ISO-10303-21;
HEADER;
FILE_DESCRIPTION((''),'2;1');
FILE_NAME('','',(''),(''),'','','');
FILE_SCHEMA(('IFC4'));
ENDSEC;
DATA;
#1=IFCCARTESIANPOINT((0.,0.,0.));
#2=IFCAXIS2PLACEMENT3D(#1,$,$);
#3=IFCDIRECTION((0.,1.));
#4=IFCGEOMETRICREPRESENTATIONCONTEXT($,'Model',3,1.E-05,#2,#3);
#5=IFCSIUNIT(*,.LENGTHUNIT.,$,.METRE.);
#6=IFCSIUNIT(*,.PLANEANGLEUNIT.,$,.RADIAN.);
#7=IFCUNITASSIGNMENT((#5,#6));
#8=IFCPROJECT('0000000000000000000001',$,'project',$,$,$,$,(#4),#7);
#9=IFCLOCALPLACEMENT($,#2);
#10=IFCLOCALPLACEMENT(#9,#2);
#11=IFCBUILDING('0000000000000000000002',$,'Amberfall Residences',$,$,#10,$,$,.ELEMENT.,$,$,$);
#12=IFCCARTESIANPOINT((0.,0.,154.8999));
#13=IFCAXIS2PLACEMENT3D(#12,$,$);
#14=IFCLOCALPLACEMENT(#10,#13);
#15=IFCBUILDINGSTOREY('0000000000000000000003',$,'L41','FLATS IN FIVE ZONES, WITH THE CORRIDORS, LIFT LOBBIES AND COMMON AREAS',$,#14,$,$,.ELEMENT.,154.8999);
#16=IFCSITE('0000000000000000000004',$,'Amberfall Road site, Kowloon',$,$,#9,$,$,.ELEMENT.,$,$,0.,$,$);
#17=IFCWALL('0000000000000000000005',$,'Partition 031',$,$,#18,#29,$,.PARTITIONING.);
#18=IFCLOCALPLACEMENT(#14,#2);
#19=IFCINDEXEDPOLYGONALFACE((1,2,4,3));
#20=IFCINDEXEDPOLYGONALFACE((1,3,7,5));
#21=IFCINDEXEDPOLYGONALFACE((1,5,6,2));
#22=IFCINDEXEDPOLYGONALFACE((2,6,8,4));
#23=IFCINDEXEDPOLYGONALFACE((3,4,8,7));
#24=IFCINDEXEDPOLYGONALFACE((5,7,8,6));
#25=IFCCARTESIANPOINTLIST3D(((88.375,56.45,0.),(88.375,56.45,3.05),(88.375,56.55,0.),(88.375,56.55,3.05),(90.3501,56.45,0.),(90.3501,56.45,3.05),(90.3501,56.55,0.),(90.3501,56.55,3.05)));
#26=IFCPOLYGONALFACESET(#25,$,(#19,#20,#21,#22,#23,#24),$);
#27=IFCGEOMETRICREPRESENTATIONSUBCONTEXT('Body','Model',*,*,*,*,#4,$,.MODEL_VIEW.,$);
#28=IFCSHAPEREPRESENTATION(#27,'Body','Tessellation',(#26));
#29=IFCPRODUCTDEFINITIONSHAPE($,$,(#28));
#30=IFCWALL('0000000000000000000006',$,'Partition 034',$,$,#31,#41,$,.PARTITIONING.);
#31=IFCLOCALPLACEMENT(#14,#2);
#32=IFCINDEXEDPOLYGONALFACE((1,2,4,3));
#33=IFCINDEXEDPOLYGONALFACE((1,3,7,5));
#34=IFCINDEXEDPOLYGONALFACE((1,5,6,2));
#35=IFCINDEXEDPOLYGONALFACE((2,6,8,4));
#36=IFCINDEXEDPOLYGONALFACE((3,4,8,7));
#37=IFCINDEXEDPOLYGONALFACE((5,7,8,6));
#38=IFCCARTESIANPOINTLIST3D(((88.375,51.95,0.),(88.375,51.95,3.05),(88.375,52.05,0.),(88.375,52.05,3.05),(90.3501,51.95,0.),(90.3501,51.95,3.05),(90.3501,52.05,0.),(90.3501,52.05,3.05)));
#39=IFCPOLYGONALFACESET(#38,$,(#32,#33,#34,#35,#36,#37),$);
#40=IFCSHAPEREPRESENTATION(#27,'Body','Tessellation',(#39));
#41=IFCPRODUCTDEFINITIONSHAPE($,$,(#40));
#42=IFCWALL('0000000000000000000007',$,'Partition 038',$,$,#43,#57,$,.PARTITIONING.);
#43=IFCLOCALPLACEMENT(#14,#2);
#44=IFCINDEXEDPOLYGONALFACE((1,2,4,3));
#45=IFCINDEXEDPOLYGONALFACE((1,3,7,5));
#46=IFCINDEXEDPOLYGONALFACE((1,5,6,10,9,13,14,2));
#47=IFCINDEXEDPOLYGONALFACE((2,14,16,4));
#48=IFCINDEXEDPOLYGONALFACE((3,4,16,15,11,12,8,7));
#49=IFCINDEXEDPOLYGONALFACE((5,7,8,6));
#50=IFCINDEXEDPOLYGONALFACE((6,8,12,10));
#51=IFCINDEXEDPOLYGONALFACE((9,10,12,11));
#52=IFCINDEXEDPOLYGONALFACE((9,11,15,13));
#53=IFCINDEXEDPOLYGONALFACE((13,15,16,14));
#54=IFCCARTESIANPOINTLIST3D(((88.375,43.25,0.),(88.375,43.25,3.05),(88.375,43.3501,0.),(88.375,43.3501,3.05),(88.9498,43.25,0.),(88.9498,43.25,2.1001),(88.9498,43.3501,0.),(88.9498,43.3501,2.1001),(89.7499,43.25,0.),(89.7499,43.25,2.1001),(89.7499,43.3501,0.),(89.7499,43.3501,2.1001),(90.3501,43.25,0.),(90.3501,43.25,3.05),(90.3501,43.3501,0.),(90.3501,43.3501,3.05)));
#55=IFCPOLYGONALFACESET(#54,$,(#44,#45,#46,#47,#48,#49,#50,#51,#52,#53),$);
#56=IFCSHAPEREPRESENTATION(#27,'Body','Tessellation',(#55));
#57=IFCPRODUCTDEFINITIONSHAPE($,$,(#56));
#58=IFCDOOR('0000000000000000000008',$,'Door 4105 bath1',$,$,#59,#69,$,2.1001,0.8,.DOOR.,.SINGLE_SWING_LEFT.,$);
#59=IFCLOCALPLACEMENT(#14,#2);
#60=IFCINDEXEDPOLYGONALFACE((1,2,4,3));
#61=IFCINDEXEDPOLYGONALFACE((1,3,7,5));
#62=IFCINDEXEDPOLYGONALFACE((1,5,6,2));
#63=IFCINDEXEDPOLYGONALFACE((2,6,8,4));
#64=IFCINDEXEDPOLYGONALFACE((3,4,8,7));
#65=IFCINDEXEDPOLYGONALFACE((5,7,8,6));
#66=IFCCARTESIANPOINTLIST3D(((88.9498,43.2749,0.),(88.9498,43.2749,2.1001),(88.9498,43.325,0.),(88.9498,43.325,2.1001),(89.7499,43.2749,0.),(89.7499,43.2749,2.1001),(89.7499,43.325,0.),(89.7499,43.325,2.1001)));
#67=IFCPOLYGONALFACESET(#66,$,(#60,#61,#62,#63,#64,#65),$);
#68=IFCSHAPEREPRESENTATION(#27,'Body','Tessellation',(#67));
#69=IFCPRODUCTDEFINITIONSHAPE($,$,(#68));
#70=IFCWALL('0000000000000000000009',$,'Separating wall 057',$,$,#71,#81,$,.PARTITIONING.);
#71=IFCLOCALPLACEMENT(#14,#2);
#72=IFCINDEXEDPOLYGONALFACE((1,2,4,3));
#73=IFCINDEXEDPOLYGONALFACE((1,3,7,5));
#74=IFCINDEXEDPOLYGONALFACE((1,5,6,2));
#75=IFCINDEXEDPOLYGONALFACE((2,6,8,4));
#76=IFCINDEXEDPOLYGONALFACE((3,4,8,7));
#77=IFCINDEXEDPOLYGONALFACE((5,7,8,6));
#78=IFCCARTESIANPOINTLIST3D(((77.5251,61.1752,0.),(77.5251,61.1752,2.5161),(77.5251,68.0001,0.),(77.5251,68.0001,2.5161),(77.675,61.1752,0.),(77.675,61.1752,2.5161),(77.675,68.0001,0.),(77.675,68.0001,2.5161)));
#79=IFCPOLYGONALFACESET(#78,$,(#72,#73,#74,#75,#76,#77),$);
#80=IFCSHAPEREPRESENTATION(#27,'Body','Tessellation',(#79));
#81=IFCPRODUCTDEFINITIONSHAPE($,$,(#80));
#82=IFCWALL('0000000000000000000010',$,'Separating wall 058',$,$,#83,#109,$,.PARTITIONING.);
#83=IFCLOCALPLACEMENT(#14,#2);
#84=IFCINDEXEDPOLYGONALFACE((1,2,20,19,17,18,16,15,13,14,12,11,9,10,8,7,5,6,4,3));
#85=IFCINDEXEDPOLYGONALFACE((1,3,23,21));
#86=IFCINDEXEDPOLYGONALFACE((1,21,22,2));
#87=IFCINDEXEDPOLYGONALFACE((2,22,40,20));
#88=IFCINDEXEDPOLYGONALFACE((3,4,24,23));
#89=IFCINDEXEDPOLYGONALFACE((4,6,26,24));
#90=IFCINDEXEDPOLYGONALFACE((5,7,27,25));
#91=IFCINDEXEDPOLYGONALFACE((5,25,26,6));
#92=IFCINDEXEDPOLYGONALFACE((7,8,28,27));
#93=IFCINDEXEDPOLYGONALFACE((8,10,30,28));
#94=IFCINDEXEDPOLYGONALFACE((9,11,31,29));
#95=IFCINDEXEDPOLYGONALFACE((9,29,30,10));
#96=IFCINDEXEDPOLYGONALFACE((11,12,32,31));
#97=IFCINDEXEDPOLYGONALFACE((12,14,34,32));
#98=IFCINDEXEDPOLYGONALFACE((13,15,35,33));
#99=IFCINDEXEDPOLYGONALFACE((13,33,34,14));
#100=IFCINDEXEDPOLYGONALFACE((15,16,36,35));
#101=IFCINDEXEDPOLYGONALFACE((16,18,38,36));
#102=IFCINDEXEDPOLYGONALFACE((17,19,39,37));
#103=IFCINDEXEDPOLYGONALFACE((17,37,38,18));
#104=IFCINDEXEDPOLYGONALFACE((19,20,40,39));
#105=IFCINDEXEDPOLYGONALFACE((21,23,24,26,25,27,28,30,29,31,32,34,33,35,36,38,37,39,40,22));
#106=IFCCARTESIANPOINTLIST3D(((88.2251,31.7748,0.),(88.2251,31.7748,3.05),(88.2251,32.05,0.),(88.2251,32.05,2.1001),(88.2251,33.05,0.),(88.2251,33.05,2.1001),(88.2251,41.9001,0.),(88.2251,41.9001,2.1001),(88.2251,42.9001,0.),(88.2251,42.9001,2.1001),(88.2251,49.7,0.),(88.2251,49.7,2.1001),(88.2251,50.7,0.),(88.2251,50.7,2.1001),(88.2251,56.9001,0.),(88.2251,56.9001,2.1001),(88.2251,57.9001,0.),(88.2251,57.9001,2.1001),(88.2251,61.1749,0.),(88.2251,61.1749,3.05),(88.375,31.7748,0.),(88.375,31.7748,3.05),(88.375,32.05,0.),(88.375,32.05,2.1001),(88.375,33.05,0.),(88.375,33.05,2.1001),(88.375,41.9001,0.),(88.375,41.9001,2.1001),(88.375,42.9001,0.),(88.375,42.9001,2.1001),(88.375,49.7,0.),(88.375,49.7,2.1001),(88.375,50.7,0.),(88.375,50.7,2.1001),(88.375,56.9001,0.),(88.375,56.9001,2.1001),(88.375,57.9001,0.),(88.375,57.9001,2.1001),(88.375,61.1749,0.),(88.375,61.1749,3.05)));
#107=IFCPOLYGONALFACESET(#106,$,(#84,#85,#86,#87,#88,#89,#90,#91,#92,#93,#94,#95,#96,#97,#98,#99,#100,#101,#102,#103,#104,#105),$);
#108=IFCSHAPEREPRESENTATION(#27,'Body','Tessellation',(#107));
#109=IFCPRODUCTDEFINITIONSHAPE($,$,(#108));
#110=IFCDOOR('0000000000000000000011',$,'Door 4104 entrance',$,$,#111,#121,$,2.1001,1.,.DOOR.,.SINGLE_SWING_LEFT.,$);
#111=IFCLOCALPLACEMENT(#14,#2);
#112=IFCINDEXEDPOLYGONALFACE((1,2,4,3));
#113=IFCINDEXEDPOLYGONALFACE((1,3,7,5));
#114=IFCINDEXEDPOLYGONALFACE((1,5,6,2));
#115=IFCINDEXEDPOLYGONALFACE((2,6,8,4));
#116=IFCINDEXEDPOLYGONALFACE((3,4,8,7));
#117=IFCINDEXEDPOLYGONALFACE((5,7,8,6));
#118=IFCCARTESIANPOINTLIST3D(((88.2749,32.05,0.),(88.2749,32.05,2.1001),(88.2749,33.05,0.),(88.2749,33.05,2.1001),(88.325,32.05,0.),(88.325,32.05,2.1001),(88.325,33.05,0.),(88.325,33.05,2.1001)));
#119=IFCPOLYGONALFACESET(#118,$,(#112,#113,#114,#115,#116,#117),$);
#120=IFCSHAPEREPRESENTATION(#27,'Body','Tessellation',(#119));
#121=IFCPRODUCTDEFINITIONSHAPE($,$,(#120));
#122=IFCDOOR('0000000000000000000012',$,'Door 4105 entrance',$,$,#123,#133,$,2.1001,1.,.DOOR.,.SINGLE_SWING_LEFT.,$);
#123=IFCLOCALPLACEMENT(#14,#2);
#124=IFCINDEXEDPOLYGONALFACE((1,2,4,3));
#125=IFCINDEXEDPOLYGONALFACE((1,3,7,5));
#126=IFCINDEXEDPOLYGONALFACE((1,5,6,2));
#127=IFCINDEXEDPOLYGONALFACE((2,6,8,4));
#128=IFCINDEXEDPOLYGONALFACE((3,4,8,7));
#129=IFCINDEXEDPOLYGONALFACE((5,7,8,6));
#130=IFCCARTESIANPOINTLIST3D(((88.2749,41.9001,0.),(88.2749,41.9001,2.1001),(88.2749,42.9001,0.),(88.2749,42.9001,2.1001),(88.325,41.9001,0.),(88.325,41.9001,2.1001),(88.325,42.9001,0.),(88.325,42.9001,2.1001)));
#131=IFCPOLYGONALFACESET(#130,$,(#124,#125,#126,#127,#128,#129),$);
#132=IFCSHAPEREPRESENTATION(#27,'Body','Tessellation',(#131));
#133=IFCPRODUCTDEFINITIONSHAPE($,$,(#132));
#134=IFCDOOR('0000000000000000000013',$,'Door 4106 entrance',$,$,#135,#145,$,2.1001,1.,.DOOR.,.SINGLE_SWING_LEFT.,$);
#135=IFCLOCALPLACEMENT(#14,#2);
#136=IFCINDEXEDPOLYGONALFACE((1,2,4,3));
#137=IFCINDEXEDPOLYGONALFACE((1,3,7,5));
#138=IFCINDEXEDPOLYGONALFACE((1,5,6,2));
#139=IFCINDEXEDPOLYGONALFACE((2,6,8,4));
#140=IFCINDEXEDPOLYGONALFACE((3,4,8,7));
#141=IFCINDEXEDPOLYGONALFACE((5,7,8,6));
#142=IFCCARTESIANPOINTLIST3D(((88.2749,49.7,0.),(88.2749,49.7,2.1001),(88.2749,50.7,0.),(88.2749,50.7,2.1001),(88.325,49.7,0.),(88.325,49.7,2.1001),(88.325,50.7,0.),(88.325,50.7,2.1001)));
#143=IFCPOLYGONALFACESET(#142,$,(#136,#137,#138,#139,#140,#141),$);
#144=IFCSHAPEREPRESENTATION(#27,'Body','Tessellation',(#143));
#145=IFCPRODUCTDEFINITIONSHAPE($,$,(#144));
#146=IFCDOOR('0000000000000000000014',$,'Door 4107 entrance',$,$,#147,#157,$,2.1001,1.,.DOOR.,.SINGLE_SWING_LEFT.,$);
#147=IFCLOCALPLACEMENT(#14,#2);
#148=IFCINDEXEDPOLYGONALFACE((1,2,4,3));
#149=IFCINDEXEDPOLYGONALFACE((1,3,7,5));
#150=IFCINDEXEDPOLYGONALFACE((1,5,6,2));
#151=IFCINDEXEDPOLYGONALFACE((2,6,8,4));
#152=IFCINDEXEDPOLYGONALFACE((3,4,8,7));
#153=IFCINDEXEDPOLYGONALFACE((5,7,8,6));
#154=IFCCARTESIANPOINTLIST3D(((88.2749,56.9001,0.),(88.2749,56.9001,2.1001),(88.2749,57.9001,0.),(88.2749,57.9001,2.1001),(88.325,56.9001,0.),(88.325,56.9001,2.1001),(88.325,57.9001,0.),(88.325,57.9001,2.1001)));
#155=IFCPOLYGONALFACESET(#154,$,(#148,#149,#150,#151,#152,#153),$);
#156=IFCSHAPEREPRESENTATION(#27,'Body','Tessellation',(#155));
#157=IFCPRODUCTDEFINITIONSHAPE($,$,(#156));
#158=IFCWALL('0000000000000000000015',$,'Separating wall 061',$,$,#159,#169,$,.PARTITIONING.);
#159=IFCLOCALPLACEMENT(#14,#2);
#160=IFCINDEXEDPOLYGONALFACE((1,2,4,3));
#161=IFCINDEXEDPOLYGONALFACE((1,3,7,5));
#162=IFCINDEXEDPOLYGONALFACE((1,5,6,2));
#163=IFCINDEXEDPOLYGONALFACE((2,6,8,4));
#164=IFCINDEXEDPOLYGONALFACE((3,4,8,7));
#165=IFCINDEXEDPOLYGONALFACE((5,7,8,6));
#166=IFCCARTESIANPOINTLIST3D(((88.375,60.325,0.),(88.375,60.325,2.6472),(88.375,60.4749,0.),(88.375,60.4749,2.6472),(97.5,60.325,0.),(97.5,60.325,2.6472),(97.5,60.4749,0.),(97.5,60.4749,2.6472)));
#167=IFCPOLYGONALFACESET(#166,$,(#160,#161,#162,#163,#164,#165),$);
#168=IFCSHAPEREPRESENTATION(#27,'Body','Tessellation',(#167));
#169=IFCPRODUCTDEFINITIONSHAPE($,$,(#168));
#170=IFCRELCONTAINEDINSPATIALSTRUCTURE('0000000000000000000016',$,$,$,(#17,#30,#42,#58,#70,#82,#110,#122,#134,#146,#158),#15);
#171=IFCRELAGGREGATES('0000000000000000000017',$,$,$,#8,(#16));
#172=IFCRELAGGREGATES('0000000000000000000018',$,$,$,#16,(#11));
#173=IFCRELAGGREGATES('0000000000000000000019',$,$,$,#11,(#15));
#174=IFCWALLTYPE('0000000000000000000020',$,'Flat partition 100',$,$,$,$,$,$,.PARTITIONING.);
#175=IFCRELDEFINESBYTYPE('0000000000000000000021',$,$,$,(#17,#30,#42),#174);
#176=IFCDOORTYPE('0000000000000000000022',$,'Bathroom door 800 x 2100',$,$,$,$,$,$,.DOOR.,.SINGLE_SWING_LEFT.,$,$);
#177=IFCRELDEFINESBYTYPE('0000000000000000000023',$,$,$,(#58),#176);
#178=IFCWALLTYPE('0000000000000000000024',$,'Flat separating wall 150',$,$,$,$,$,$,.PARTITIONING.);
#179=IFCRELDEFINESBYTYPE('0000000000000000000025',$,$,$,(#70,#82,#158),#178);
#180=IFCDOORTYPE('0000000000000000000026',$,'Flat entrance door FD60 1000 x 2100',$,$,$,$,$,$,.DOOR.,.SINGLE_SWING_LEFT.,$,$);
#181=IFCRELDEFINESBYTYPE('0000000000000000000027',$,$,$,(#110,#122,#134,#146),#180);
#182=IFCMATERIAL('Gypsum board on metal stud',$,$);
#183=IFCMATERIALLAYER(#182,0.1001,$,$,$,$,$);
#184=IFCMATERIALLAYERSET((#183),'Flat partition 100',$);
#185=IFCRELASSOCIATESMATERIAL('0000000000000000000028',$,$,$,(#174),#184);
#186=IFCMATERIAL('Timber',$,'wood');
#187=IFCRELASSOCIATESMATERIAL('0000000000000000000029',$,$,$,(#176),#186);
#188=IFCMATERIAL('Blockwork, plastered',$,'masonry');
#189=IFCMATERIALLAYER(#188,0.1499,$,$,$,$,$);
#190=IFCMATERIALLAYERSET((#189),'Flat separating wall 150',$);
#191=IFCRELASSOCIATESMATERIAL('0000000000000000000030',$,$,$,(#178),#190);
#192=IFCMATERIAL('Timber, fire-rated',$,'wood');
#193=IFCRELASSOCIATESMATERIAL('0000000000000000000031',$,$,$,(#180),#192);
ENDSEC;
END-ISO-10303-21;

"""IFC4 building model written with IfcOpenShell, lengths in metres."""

from ifc_helpers import new_model, si_unit, direction, frame, frame_2d, origin, place, context, subcontext, project, spatial, rectangle, extrude, material, layer, layer_set, type_object, element, fill, save


model = new_model("IFC4")

# Units and contexts
model_context = context("Model", 3, precision=1e-05, world=origin(), true_north=direction((0.0, 1.0)))
body_context = subcontext(model_context, "Body", "Model", "MODEL_VIEW")
ifc_project = project(units=[si_unit("LENGTHUNIT", "METRE"), si_unit("PLANEANGLEUNIT", "RADIAN")], contexts=[model_context])

# Site, building, storey
site_placement = place(None, origin())
site = spatial("IfcSite", under=ifc_project, at=site_placement, Name="Amberfall Road site, Kowloon", CompositionType="ELEMENT", RefElevation=0.0)
building_placement = place(site_placement, origin())
building = spatial("IfcBuilding", under=site, at=building_placement, Name="Amberfall Residences", CompositionType="ELEMENT")
storey_placement = place(building_placement, frame((0.0, 0.0, 154.8999)))
storey = spatial("IfcBuildingStorey", under=building, at=storey_placement, Name="L41", Description="FLATS IN FIVE ZONES, WITH THE CORRIDORS, LIFT LOBBIES AND COMMON AREAS", CompositionType="ELEMENT", Elevation=154.8999)

# Shared definitions
ifc_material_1 = material(Name="Gypsum board on metal stud")
ifc_layer_1 = layer(ifc_material_1, 0.1001)
ifc_layer_set_1 = layer_set([ifc_layer_1], Name="Flat partition 100")
wall_type_1 = type_object("IfcWallType", Name="Flat partition 100", PredefinedType="PARTITIONING", material=ifc_layer_set_1)
ifc_material_2 = material(Name="Timber", Category="wood")

# Shared definitions
door_type_1 = type_object("IfcDoorType", Name="Bathroom door 800 x 2100", OperationType="SINGLE_SWING_LEFT", PredefinedType="DOOR", material=ifc_material_2)

# Walls
for number, where, z_axis, x_axis, name in (
    (1, (88.375, 56.5, 0.0), (0.0, 0.0, 1.0), (1.0, 0.0, 0.0), "Partition 031"),
    (2, (88.375, 52.0, 0.0), (0.0, 0.0, 1.0), (1.0, 0.0, 0.0), "Partition 034"),
):
    element("IfcWall", number, at=place(storey_placement, frame(where, z_axis=z_axis, x_axis=x_axis)), inside=storey, type_object=wall_type_1, Name=name, PredefinedType="PARTITIONING", context=body_context, shape_type="SweptSolid", body=[
        extrude(rectangle(XDim=1.9751, YDim=0.1001, at=frame_2d((0.9875, 0.0))), origin(), (0.0, 0.0, 1.0), 3.05),
    ])

# Wall, opening, door
wall_1_placement = place(storey_placement, frame((88.375, 43.3, 0.0), z_axis=(0.0, 0.0, 1.0), x_axis=(1.0, 0.0, 0.0)))
wall_1 = element("IfcWall", 3, at=wall_1_placement, inside=storey, type_object=wall_type_1, Name="Partition 038", PredefinedType="PARTITIONING", context=body_context, shape_type="SweptSolid", body=[
    extrude(rectangle(XDim=1.9751, YDim=0.1001, at=frame_2d((0.9875, 0.0))), origin(), (0.0, 0.0, 1.0), 3.05),
])
opening_1_placement = place(wall_1_placement, frame((0.575, 0.0, 0.0)))
opening_1 = element("IfcOpeningElement", 4, at=opening_1_placement, cuts=wall_1, PredefinedType="OPENING", context=body_context, shape_type="SweptSolid", body=[
    extrude(rectangle(XDim=0.8, YDim=2.1001, at=frame_2d((0.3999, 1.05))), frame((0.0, 0.0601, 0.0), z_axis=(0.0, -1.0, 0.0), x_axis=(1.0, 0.0, 0.0)), (0.0, 0.0, 1.0), 0.1201),
])
door_1_placement = place(opening_1_placement, origin())
door_1 = element("IfcDoor", 5, at=door_1_placement, inside=storey, type_object=door_type_1, Name="Door 4105 bath1", OperationType="SINGLE_SWING_LEFT", OverallHeight=2.1001, OverallWidth=0.8, PredefinedType="DOOR", context=body_context, shape_type="SweptSolid", body=[
    extrude(rectangle(XDim=0.8, YDim=2.1001, at=frame_2d((0.3999, 1.05))), frame((0.0, 0.0249, 0.0), z_axis=(0.0, -1.0, 0.0), x_axis=(1.0, 0.0, 0.0)), (0.0, 0.0, 1.0), 0.05),
])
fill(opening_1, door_1)

# Wall
ifc_material_3 = material(Name="Blockwork, plastered", Category="masonry")
ifc_layer_2 = layer(ifc_material_3, 0.1499)
ifc_layer_set_2 = layer_set([ifc_layer_2], Name="Flat separating wall 150")
wall_type_2 = type_object("IfcWallType", Name="Flat separating wall 150", PredefinedType="PARTITIONING", material=ifc_layer_set_2)
wall_2_placement = place(storey_placement, frame((77.6001, 61.175, 0.0), z_axis=(0.0, 0.0, 1.0), x_axis=(0.0, 1.0, 0.0)))
element("IfcWall", 6, at=wall_2_placement, inside=storey, type_object=wall_type_2, Name="Separating wall 057", PredefinedType="PARTITIONING", context=body_context, shape_type="SweptSolid", body=[
    extrude(rectangle(XDim=6.825, YDim=0.1499, at=frame_2d((3.4126, 0.0))), origin(), (0.0, 0.0, 1.0), 2.5161),
])

# Wall, openings, doors
wall_3_placement = place(storey_placement, frame((88.3, 61.175, 0.0), z_axis=(0.0, 0.0, 1.0), x_axis=(0.0, -1.0, 0.0)))
wall_3 = element("IfcWall", 7, at=wall_3_placement, inside=storey, type_object=wall_type_2, Name="Separating wall 058", PredefinedType="PARTITIONING", context=body_context, shape_type="SweptSolid", body=[
    extrude(rectangle(XDim=29.4001, YDim=0.1499, at=frame_2d((14.7002, 0.0))), origin(), (0.0, 0.0, 1.0), 3.05),
])
opening_2_placement = place(wall_3_placement, frame((28.125, 0.0, 0.0)))
opening_2 = element("IfcOpeningElement", 8, at=opening_2_placement, cuts=wall_3, PredefinedType="OPENING", context=body_context, shape_type="SweptSolid", body=[
    extrude(rectangle(XDim=1.0, YDim=2.1001, at=frame_2d((0.5, 1.05))), frame((0.0, 0.085, 0.0), z_axis=(0.0, -1.0, 0.0), x_axis=(1.0, 0.0, 0.0)), (0.0, 0.0, 1.0), 0.1699),
])
opening_3_placement = place(wall_3_placement, frame((18.2749, 0.0, 0.0)))
opening_3 = element("IfcOpeningElement", 9, at=opening_3_placement, cuts=wall_3, PredefinedType="OPENING", context=body_context, shape_type="SweptSolid", body=[
    extrude(rectangle(XDim=1.0, YDim=2.1001, at=frame_2d((0.5, 1.05))), frame((0.0, 0.085, 0.0), z_axis=(0.0, -1.0, 0.0), x_axis=(1.0, 0.0, 0.0)), (0.0, 0.0, 1.0), 0.1699),
])
opening_4_placement = place(wall_3_placement, frame((10.4751, 0.0, 0.0)))
opening_4 = element("IfcOpeningElement", 10, at=opening_4_placement, cuts=wall_3, PredefinedType="OPENING", context=body_context, shape_type="SweptSolid", body=[
    extrude(rectangle(XDim=1.0, YDim=2.1001, at=frame_2d((0.5, 1.05))), frame((0.0, 0.085, 0.0), z_axis=(0.0, -1.0, 0.0), x_axis=(1.0, 0.0, 0.0)), (0.0, 0.0, 1.0), 0.1699),
])
opening_5_placement = place(wall_3_placement, frame((3.2749, 0.0, 0.0)))
opening_5 = element("IfcOpeningElement", 11, at=opening_5_placement, cuts=wall_3, PredefinedType="OPENING", context=body_context, shape_type="SweptSolid", body=[
    extrude(rectangle(XDim=1.0, YDim=2.1001, at=frame_2d((0.5, 1.05))), frame((0.0, 0.085, 0.0), z_axis=(0.0, -1.0, 0.0), x_axis=(1.0, 0.0, 0.0)), (0.0, 0.0, 1.0), 0.1699),
])
ifc_material_4 = material(Name="Timber, fire-rated", Category="wood")
door_type_2 = type_object("IfcDoorType", Name="Flat entrance door FD60 1000 x 2100", OperationType="SINGLE_SWING_LEFT", PredefinedType="DOOR", material=ifc_material_4)
door_2_placement = place(opening_2_placement, origin())
door_2 = element("IfcDoor", 12, at=door_2_placement, inside=storey, type_object=door_type_2, Name="Door 4104 entrance", OperationType="SINGLE_SWING_LEFT", OverallHeight=2.1001, OverallWidth=1.0, PredefinedType="DOOR", context=body_context, shape_type="SweptSolid", body=[
    extrude(rectangle(XDim=1.0, YDim=2.1001, at=frame_2d((0.5, 1.05))), frame((0.0, 0.0249, 0.0), z_axis=(0.0, -1.0, 0.0), x_axis=(1.0, 0.0, 0.0)), (0.0, 0.0, 1.0), 0.05),
])
fill(opening_2, door_2)
door_3_placement = place(opening_3_placement, origin())
door_3 = element("IfcDoor", 13, at=door_3_placement, inside=storey, type_object=door_type_2, Name="Door 4105 entrance", OperationType="SINGLE_SWING_LEFT", OverallHeight=2.1001, OverallWidth=1.0, PredefinedType="DOOR", context=body_context, shape_type="SweptSolid", body=[
    extrude(rectangle(XDim=1.0, YDim=2.1001, at=frame_2d((0.5, 1.05))), frame((0.0, 0.0249, 0.0), z_axis=(0.0, -1.0, 0.0), x_axis=(1.0, 0.0, 0.0)), (0.0, 0.0, 1.0), 0.05),
])
fill(opening_3, door_3)
door_4_placement = place(opening_4_placement, origin())
door_4 = element("IfcDoor", 14, at=door_4_placement, inside=storey, type_object=door_type_2, Name="Door 4106 entrance", OperationType="SINGLE_SWING_LEFT", OverallHeight=2.1001, OverallWidth=1.0, PredefinedType="DOOR", context=body_context, shape_type="SweptSolid", body=[
    extrude(rectangle(XDim=1.0, YDim=2.1001, at=frame_2d((0.5, 1.05))), frame((0.0, 0.0249, 0.0), z_axis=(0.0, -1.0, 0.0), x_axis=(1.0, 0.0, 0.0)), (0.0, 0.0, 1.0), 0.05),
])
fill(opening_4, door_4)
door_5_placement = place(opening_5_placement, origin())
door_5 = element("IfcDoor", 15, at=door_5_placement, inside=storey, type_object=door_type_2, Name="Door 4107 entrance", OperationType="SINGLE_SWING_LEFT", OverallHeight=2.1001, OverallWidth=1.0, PredefinedType="DOOR", context=body_context, shape_type="SweptSolid", body=[
    extrude(rectangle(XDim=1.0, YDim=2.1001, at=frame_2d((0.5, 1.05))), frame((0.0, 0.0249, 0.0), z_axis=(0.0, -1.0, 0.0), x_axis=(1.0, 0.0, 0.0)), (0.0, 0.0, 1.0), 0.05),
])
fill(opening_5, door_5)

# Wall
wall_4_placement = place(storey_placement, frame((88.375, 60.3999, 0.0), z_axis=(0.0, 0.0, 1.0), x_axis=(1.0, 0.0, 0.0)))
element("IfcWall", 16, at=wall_4_placement, inside=storey, type_object=wall_type_2, Name="Separating wall 061", PredefinedType="PARTITIONING", context=body_context, shape_type="SweptSolid", body=[
    extrude(rectangle(XDim=9.125, YDim=0.1499, at=frame_2d((4.5625, 0.0))), origin(), (0.0, 0.0, 1.0), 2.6472),
])

save(model, "model.ifc")
